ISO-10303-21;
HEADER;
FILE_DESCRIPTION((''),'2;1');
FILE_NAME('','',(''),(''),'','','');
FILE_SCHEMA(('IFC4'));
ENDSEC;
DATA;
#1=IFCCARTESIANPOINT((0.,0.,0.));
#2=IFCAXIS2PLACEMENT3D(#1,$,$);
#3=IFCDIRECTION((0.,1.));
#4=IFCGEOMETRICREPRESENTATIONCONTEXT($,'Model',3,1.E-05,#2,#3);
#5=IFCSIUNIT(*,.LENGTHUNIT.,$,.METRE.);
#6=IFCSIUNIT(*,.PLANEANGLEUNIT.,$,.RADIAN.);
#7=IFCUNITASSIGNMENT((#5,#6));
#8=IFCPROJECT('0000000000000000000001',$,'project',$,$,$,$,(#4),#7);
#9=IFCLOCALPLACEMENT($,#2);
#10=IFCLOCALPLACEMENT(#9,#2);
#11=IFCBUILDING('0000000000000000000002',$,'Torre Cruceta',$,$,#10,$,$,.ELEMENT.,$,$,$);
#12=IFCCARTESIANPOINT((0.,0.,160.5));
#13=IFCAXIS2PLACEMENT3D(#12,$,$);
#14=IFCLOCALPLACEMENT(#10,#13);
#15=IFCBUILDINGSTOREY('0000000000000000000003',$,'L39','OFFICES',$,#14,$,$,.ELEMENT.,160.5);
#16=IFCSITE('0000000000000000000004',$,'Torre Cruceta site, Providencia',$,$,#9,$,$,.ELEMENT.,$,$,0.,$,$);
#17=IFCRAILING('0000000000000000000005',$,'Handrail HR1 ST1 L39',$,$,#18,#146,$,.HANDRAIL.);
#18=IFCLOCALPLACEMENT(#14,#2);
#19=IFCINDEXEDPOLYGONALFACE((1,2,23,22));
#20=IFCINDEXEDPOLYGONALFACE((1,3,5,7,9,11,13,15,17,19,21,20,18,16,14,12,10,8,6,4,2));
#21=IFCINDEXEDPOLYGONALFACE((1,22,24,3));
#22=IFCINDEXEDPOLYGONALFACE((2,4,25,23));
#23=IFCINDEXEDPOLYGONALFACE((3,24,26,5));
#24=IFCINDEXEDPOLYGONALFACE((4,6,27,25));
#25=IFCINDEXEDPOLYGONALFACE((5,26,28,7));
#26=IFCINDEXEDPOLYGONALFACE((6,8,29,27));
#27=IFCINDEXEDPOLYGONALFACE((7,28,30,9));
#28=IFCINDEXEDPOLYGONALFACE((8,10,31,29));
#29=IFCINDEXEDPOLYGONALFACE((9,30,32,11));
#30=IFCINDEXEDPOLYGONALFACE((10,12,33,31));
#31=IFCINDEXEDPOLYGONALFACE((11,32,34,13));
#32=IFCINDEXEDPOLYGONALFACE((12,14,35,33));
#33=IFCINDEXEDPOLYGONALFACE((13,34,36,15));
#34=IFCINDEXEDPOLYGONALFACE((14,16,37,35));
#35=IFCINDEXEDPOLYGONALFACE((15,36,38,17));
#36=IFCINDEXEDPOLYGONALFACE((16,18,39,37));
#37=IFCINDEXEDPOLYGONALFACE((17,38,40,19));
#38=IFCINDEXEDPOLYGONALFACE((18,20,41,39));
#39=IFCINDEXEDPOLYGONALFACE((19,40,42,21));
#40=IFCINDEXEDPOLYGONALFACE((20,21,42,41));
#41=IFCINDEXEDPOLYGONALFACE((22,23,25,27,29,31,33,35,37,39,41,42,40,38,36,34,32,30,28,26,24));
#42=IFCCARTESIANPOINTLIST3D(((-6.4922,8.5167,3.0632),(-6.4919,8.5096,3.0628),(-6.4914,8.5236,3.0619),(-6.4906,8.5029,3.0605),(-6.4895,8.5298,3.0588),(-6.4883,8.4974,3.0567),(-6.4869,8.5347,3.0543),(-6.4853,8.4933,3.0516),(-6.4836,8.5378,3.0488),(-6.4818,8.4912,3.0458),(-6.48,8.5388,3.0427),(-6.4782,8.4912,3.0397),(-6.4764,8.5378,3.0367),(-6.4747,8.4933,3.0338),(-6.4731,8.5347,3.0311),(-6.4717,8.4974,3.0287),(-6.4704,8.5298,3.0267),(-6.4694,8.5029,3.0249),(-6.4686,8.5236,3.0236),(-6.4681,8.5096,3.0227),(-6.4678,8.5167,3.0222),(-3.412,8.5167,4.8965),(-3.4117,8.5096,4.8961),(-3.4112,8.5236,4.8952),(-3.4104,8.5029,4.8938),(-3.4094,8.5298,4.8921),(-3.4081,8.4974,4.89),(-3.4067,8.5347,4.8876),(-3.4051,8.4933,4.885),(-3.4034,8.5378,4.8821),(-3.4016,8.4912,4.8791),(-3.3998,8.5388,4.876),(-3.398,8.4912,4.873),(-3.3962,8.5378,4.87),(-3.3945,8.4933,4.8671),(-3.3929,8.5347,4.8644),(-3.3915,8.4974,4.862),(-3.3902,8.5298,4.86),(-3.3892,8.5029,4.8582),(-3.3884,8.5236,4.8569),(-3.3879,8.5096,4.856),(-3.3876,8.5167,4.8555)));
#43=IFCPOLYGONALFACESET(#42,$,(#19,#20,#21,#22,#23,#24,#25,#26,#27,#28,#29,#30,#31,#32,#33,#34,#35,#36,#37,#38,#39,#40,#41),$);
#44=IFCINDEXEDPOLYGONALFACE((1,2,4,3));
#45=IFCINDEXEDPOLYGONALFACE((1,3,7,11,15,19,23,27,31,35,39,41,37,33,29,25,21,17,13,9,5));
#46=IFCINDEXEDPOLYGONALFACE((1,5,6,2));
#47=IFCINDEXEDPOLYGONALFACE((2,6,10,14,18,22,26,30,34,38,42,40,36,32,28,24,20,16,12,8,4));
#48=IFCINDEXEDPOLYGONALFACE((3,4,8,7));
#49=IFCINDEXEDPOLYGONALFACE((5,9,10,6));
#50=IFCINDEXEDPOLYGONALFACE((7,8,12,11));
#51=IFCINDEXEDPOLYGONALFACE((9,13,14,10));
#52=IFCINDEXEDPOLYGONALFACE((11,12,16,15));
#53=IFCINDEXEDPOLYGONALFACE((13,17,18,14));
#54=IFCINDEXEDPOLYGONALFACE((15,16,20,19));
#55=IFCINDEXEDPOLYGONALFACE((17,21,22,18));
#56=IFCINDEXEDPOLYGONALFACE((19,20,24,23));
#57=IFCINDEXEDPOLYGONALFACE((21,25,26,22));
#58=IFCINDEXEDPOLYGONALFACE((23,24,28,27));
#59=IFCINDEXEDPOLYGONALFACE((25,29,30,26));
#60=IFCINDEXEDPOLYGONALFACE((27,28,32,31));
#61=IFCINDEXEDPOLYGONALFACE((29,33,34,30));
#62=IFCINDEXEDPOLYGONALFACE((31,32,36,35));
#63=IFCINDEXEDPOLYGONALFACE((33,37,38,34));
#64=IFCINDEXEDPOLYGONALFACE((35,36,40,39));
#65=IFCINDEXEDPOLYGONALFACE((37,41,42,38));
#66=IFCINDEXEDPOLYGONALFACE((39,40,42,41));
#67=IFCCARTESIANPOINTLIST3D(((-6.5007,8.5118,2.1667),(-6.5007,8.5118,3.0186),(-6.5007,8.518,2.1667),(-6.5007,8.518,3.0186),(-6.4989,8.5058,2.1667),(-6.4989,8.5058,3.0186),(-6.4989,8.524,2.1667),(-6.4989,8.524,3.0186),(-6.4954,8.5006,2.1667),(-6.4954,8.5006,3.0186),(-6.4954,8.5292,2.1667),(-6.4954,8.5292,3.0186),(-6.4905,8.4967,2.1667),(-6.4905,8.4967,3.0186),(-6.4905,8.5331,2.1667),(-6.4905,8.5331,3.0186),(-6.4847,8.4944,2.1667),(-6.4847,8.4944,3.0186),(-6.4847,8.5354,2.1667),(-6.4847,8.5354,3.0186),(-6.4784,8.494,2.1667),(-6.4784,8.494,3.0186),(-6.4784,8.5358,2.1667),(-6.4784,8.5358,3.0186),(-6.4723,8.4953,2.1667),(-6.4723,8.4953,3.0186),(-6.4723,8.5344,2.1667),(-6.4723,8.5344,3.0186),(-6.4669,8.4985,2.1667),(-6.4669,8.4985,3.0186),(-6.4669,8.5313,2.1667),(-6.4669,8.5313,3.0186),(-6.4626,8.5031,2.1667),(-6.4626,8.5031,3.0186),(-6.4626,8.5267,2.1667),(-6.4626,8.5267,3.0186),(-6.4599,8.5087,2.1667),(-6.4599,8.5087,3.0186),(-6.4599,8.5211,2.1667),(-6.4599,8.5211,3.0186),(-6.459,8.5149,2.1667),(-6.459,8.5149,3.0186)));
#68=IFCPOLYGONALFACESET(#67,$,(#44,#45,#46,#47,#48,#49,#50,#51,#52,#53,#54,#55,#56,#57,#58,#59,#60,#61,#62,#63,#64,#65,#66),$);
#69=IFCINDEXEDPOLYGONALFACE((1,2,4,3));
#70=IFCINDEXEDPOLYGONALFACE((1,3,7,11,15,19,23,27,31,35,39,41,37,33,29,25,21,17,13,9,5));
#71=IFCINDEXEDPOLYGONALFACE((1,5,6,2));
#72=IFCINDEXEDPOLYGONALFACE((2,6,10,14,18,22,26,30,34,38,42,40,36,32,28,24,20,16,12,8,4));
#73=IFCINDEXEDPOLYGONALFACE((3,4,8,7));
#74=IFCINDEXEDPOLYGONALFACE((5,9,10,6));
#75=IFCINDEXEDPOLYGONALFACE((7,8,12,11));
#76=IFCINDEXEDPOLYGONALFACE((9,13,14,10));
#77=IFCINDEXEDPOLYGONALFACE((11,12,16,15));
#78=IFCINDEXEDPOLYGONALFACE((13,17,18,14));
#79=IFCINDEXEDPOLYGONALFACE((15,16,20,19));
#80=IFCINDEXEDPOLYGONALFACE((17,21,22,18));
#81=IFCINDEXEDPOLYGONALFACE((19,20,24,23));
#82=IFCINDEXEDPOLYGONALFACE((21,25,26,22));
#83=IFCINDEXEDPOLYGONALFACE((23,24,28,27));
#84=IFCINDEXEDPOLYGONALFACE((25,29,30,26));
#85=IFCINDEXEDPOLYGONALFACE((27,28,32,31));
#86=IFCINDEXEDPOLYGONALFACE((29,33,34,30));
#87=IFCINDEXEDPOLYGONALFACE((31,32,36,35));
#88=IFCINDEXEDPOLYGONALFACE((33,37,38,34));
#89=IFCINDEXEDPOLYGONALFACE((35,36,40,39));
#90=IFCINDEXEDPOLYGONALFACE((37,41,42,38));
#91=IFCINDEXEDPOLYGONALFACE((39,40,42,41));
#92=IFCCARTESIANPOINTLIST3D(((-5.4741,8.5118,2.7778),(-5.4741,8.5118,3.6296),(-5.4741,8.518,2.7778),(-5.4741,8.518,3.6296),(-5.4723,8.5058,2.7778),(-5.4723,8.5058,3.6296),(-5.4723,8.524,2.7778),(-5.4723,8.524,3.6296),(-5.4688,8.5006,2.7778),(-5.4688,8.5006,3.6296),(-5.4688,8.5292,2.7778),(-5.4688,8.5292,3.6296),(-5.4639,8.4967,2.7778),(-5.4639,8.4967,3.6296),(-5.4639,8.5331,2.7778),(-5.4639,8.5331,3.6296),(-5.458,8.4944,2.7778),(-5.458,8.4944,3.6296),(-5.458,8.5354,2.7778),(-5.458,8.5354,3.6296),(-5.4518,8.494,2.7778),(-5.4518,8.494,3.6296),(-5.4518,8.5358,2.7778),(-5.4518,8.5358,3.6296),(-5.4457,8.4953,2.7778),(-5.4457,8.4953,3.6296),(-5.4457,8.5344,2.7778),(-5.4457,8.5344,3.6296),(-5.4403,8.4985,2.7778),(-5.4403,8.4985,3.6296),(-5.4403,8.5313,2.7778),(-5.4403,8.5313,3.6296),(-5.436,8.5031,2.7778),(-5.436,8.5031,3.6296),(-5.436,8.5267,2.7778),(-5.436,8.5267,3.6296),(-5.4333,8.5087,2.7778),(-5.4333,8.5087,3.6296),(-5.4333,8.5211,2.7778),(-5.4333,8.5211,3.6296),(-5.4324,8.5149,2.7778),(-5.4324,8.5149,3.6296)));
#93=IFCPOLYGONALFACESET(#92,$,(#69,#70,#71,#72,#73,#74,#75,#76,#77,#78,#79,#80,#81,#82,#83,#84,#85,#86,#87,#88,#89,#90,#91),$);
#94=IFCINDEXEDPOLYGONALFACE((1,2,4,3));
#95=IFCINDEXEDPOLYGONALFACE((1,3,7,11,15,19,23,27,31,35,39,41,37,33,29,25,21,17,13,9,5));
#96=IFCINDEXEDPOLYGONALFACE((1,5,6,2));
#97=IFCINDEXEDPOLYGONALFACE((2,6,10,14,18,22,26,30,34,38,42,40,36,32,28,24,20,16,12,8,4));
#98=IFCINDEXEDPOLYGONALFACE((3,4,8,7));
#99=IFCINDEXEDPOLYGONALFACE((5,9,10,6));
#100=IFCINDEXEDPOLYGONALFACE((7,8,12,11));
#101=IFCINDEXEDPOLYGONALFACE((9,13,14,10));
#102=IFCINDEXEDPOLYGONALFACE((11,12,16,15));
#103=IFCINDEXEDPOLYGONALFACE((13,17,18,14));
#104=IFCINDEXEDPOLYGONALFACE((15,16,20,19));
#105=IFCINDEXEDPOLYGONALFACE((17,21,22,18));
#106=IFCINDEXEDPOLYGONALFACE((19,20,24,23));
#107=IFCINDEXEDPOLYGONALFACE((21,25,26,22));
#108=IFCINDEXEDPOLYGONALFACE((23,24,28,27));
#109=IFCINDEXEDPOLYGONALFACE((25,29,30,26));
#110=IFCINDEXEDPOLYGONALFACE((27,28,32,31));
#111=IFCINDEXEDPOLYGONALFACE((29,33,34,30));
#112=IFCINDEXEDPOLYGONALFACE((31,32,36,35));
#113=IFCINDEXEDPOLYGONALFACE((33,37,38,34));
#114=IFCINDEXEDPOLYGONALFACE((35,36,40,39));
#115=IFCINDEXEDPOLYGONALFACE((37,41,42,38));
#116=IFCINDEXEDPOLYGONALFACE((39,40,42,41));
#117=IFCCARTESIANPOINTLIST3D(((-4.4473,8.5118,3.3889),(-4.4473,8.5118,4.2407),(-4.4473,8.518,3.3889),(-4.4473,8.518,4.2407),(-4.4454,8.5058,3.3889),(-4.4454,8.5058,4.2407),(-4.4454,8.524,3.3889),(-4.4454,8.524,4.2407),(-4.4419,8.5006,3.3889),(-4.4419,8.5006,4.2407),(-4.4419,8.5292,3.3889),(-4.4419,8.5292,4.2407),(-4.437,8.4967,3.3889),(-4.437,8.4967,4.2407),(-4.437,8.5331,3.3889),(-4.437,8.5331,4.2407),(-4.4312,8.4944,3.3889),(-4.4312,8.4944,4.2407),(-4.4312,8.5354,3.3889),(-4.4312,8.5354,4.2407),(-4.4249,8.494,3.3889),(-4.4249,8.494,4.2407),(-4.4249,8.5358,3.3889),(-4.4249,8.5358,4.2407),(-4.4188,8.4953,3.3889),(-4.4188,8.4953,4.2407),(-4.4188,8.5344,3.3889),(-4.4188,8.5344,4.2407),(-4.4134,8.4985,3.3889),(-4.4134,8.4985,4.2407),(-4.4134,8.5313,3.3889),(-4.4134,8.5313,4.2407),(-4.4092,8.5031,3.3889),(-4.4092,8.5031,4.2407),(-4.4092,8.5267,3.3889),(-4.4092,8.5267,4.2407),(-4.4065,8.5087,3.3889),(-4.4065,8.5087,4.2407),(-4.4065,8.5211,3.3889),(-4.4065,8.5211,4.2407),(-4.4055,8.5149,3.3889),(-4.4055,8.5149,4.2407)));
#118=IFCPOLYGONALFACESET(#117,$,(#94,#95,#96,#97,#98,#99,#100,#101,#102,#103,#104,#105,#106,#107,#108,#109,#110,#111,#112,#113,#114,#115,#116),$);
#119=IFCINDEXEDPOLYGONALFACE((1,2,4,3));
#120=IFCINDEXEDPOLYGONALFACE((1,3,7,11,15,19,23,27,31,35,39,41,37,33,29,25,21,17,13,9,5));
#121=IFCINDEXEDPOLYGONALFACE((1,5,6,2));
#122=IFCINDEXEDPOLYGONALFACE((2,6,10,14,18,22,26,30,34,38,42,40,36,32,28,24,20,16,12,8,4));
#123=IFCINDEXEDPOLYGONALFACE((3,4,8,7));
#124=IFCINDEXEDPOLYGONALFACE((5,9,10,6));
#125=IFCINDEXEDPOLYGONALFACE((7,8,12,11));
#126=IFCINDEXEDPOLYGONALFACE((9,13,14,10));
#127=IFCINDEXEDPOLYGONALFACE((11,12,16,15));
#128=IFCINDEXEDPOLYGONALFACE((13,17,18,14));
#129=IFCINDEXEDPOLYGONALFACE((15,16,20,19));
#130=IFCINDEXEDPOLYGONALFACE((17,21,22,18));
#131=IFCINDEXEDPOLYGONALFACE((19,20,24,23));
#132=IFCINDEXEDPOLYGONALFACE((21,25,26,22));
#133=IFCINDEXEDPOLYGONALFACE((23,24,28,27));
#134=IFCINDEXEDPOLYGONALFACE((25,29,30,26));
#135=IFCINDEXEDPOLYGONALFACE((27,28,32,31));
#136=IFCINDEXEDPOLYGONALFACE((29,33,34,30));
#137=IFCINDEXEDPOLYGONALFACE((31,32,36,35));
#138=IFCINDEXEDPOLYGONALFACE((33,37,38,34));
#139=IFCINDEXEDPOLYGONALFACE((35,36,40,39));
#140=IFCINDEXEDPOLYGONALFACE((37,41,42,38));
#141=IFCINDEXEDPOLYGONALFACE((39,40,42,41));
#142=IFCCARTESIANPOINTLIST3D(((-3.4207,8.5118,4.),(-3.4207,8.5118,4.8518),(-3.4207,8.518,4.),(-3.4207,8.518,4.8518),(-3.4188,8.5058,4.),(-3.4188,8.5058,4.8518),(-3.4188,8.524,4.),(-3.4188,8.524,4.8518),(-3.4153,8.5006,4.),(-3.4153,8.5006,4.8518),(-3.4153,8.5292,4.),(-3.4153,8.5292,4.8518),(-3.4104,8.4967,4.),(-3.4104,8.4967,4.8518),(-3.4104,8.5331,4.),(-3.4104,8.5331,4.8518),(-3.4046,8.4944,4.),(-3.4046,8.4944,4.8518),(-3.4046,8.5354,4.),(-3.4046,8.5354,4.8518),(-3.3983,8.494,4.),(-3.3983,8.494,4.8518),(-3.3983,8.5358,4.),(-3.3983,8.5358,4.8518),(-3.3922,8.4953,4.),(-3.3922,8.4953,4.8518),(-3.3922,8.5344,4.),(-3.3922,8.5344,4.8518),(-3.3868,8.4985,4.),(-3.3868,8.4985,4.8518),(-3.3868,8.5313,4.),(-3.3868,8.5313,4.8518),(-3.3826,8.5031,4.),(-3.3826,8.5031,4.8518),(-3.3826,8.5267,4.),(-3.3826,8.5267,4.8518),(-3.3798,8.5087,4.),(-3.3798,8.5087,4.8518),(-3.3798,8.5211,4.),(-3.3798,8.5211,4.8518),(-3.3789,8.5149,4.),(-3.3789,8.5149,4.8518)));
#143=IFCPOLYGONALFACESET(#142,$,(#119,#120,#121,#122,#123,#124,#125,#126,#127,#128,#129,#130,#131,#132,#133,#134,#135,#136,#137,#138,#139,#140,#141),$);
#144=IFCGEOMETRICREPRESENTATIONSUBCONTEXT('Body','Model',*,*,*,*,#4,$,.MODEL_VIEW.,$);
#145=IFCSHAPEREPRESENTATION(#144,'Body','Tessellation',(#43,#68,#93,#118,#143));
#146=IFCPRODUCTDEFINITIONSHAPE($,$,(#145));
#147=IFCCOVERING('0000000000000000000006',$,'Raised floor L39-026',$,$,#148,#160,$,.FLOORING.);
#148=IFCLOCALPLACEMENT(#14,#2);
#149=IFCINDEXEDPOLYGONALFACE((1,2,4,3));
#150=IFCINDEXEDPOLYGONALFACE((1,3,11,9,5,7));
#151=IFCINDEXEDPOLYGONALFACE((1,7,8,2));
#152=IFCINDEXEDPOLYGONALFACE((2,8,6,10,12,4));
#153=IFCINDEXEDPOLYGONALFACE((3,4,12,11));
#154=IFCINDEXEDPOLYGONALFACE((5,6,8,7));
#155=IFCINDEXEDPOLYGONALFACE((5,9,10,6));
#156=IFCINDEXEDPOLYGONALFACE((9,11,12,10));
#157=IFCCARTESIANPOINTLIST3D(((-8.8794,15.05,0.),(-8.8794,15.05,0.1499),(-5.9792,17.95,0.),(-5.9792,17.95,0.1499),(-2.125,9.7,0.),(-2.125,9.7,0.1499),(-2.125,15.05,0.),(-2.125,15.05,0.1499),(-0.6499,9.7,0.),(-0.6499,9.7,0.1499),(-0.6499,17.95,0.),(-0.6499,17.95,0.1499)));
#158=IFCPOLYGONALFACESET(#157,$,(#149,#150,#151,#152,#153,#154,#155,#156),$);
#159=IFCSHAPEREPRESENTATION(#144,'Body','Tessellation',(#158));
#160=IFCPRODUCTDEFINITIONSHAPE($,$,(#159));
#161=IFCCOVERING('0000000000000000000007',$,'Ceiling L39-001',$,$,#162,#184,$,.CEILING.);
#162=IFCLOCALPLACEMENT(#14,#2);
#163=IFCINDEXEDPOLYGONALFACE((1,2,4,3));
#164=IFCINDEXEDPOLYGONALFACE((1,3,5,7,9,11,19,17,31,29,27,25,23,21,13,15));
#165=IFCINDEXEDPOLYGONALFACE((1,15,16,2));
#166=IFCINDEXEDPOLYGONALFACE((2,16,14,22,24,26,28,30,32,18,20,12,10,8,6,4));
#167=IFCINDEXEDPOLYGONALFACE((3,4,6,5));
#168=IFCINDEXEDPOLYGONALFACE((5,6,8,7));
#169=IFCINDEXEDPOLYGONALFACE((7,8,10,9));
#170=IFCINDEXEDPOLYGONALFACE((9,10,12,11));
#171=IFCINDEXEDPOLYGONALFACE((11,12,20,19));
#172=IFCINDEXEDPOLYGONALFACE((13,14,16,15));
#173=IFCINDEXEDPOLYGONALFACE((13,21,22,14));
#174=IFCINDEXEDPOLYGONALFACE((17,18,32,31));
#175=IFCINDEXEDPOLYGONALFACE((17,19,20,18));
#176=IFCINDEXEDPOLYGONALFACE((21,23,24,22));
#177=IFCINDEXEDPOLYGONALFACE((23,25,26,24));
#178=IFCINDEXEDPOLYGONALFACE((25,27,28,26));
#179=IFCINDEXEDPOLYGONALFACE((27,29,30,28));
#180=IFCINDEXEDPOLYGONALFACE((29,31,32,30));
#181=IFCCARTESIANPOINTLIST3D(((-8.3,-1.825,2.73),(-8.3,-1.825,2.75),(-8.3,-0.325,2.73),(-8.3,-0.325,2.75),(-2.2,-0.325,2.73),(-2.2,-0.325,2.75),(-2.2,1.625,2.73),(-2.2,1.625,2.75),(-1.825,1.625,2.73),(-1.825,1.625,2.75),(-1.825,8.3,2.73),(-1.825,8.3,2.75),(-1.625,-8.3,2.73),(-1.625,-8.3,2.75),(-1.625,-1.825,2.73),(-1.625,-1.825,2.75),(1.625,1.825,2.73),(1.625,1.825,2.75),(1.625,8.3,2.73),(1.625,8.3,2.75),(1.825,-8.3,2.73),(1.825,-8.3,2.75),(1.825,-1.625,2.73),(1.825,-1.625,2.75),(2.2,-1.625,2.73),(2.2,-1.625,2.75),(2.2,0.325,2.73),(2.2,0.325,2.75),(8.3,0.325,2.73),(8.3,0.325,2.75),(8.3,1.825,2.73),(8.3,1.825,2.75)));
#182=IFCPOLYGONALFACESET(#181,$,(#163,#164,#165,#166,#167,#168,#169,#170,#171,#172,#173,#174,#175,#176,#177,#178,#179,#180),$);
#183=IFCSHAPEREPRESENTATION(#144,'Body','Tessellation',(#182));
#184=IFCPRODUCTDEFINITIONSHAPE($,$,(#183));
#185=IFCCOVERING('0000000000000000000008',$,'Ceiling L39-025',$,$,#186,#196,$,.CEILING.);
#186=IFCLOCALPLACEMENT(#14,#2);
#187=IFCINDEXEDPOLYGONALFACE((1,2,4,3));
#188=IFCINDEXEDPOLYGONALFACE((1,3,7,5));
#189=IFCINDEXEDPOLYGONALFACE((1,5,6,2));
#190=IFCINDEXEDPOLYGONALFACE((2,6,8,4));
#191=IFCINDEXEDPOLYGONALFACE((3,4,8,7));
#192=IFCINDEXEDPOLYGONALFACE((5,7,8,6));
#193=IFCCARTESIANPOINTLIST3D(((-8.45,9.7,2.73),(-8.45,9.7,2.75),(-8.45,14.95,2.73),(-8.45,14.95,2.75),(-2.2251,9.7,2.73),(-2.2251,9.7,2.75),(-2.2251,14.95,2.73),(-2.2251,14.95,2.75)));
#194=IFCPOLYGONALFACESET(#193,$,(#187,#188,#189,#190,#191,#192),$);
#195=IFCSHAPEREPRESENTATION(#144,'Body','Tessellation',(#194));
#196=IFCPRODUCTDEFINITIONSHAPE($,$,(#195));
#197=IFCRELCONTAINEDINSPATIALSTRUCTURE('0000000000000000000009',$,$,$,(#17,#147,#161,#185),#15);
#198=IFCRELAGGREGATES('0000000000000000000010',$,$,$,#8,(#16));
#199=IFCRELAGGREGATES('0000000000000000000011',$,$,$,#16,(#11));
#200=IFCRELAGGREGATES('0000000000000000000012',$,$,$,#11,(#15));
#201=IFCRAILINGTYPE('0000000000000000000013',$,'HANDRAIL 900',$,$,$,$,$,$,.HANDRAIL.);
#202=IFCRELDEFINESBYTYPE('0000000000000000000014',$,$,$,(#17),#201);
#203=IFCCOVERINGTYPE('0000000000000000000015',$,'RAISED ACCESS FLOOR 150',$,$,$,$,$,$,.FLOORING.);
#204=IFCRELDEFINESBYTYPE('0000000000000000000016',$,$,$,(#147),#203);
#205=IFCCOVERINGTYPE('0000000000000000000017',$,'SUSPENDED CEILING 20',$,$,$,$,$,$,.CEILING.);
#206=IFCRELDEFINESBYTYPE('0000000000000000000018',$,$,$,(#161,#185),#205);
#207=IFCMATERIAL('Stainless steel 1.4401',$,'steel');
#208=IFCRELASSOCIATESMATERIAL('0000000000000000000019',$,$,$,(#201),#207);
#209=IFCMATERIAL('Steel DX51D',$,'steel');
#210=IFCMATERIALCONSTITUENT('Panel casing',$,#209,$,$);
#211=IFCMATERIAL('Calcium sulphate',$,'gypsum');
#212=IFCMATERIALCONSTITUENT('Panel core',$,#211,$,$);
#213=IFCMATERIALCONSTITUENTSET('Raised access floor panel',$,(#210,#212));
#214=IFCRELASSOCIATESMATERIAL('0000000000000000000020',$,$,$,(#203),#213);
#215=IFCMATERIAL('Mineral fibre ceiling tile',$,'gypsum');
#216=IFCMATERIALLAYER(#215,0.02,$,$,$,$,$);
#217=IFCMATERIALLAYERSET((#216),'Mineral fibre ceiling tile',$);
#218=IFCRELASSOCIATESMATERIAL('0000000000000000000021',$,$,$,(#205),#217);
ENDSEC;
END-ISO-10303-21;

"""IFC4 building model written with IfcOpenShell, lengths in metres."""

from ifc_helpers import new_model, si_unit, direction, frame, origin, origin_2d, place, context, subcontext, project, spatial, polyline, circle, outline, extrude, material, layer, layer_set, constituent, constituent_set, type_object, element, save


model = new_model("IFC4")

# Units and contexts
model_context = context("Model", 3, precision=1e-05, world=origin(), true_north=direction((0.0, 1.0)))
body_context = subcontext(model_context, "Body", "Model", "MODEL_VIEW")
ifc_project = project(units=[si_unit("LENGTHUNIT", "METRE"), si_unit("PLANEANGLEUNIT", "RADIAN")], contexts=[model_context])

# Site, building, storey
site_placement = place(None, origin())
site = spatial("IfcSite", under=ifc_project, at=site_placement, Name="Torre Cruceta site, Providencia", CompositionType="ELEMENT", RefElevation=0.0)
building_placement = place(site_placement, origin())
building = spatial("IfcBuilding", under=site, at=building_placement, Name="Torre Cruceta", CompositionType="ELEMENT")
storey_placement = place(building_placement, frame((0.0, 0.0, 160.5)))
storey = spatial("IfcBuildingStorey", under=building, at=storey_placement, Name="L39", Description="OFFICES", CompositionType="ELEMENT", Elevation=160.5)

# Railing
ifc_material_1 = material(Name="Stainless steel 1.4401", Category="steel")
railing_type = type_object("IfcRailingType", Name="HANDRAIL 900", PredefinedType="HANDRAIL", material=ifc_material_1)
railing_1_placement = place(storey_placement, frame((-6.48, 8.5149, 2.1667)))
element("IfcRailing", 1, at=railing_1_placement, inside=storey, type_object=railing_type, Name="Handrail HR1 ST1 L39", PredefinedType="HANDRAIL", context=body_context, shape_type="SweptSolid", body=[
    extrude(circle(Radius=0.0239, at=origin_2d()), frame((0.0, 0.0, 0.876), z_axis=(0.859309, 0.0, 0.511458), x_axis=(0.0, 1.0, 0.0)), (0.0, 0.0, 1.0), 3.5845),
    extrude(circle(Radius=0.021, at=origin_2d()), origin(), (0.0, 0.0, 1.0), 0.8518),
    extrude(circle(Radius=0.021, at=origin_2d()), frame((1.0266, 0.0, 0.6111)), (0.0, 0.0, 1.0), 0.8518),
    extrude(circle(Radius=0.021, at=origin_2d()), frame((2.0535, 0.0, 1.2222)), (0.0, 0.0, 1.0), 0.8518),
    extrude(circle(Radius=0.021, at=origin_2d()), frame((3.0801, 0.0, 1.8333)), (0.0, 0.0, 1.0), 0.8518),
])

# Coverings
ifc_material_2 = material(Name="Steel DX51D", Category="steel")
ifc_constituent_1 = constituent(ifc_material_2, Name="Panel casing")
ifc_material_3 = material(Name="Calcium sulphate", Category="gypsum")
ifc_constituent_2 = constituent(ifc_material_3, Name="Panel core")
ifc_constituent_set_1 = constituent_set(constituents=[ifc_constituent_1, ifc_constituent_2], Name="Raised access floor panel")
covering_type_1 = type_object("IfcCoveringType", Name="RAISED ACCESS FLOOR 150", PredefinedType="FLOORING", material=ifc_constituent_set_1)
covering_1_placement = place(storey_placement, origin())
element("IfcCovering", 2, at=covering_1_placement, inside=storey, type_object=covering_type_1, Name="Raised floor L39-026", PredefinedType="FLOORING", context=body_context, shape_type="SweptSolid", body=[
    extrude(outline(polyline([(-0.6499, 17.95), (-0.6499, 9.7), (-2.125, 9.7), (-2.125, 15.05), (-8.8794, 15.05), (-5.9792, 17.95), (-0.6499, 17.95)])), origin(), (0.0, 0.0, 1.0), 0.1499),
])
ifc_material_4 = material(Name="Mineral fibre ceiling tile", Category="gypsum")
ifc_layer_1 = layer(ifc_material_4, 0.02)
ifc_layer_set_1 = layer_set([ifc_layer_1], Name="Mineral fibre ceiling tile")
covering_type_2 = type_object("IfcCoveringType", Name="SUSPENDED CEILING 20", PredefinedType="CEILING", material=ifc_layer_set_1)
covering_2_placement = place(storey_placement, frame((0.0, 0.0, 2.73)))
element("IfcCovering", 3, at=covering_2_placement, inside=storey, type_object=covering_type_2, Name="Ceiling L39-001", PredefinedType="CEILING", context=body_context, shape_type="SweptSolid", body=[
    extrude(outline(polyline([(1.825, -8.3), (-1.625, -8.3), (-1.625, -1.825), (-8.3, -1.825), (-8.3, -0.325), (-2.2, -0.325), (-2.2, 1.625), (-1.825, 1.625), (-1.825, 8.3), (1.625, 8.3), (1.625, 1.825), (8.3, 1.825), (8.3, 0.325), (2.2, 0.325), (2.2, -1.625), (1.825, -1.625), (1.825, -8.3)])), origin(), (0.0, 0.0, 1.0), 0.02),
])
covering_3_placement = place(storey_placement, frame((0.0, 0.0, 2.73)))
element("IfcCovering", 4, at=covering_3_placement, inside=storey, type_object=covering_type_2, Name="Ceiling L39-025", PredefinedType="CEILING", context=body_context, shape_type="SweptSolid", body=[
    extrude(outline(polyline([(-2.2251, 9.7), (-8.45, 9.7), (-8.45, 14.95), (-2.2251, 14.95), (-2.2251, 9.7)])), origin(), (0.0, 0.0, 1.0), 0.02),
])

save(model, "model.ifc")
